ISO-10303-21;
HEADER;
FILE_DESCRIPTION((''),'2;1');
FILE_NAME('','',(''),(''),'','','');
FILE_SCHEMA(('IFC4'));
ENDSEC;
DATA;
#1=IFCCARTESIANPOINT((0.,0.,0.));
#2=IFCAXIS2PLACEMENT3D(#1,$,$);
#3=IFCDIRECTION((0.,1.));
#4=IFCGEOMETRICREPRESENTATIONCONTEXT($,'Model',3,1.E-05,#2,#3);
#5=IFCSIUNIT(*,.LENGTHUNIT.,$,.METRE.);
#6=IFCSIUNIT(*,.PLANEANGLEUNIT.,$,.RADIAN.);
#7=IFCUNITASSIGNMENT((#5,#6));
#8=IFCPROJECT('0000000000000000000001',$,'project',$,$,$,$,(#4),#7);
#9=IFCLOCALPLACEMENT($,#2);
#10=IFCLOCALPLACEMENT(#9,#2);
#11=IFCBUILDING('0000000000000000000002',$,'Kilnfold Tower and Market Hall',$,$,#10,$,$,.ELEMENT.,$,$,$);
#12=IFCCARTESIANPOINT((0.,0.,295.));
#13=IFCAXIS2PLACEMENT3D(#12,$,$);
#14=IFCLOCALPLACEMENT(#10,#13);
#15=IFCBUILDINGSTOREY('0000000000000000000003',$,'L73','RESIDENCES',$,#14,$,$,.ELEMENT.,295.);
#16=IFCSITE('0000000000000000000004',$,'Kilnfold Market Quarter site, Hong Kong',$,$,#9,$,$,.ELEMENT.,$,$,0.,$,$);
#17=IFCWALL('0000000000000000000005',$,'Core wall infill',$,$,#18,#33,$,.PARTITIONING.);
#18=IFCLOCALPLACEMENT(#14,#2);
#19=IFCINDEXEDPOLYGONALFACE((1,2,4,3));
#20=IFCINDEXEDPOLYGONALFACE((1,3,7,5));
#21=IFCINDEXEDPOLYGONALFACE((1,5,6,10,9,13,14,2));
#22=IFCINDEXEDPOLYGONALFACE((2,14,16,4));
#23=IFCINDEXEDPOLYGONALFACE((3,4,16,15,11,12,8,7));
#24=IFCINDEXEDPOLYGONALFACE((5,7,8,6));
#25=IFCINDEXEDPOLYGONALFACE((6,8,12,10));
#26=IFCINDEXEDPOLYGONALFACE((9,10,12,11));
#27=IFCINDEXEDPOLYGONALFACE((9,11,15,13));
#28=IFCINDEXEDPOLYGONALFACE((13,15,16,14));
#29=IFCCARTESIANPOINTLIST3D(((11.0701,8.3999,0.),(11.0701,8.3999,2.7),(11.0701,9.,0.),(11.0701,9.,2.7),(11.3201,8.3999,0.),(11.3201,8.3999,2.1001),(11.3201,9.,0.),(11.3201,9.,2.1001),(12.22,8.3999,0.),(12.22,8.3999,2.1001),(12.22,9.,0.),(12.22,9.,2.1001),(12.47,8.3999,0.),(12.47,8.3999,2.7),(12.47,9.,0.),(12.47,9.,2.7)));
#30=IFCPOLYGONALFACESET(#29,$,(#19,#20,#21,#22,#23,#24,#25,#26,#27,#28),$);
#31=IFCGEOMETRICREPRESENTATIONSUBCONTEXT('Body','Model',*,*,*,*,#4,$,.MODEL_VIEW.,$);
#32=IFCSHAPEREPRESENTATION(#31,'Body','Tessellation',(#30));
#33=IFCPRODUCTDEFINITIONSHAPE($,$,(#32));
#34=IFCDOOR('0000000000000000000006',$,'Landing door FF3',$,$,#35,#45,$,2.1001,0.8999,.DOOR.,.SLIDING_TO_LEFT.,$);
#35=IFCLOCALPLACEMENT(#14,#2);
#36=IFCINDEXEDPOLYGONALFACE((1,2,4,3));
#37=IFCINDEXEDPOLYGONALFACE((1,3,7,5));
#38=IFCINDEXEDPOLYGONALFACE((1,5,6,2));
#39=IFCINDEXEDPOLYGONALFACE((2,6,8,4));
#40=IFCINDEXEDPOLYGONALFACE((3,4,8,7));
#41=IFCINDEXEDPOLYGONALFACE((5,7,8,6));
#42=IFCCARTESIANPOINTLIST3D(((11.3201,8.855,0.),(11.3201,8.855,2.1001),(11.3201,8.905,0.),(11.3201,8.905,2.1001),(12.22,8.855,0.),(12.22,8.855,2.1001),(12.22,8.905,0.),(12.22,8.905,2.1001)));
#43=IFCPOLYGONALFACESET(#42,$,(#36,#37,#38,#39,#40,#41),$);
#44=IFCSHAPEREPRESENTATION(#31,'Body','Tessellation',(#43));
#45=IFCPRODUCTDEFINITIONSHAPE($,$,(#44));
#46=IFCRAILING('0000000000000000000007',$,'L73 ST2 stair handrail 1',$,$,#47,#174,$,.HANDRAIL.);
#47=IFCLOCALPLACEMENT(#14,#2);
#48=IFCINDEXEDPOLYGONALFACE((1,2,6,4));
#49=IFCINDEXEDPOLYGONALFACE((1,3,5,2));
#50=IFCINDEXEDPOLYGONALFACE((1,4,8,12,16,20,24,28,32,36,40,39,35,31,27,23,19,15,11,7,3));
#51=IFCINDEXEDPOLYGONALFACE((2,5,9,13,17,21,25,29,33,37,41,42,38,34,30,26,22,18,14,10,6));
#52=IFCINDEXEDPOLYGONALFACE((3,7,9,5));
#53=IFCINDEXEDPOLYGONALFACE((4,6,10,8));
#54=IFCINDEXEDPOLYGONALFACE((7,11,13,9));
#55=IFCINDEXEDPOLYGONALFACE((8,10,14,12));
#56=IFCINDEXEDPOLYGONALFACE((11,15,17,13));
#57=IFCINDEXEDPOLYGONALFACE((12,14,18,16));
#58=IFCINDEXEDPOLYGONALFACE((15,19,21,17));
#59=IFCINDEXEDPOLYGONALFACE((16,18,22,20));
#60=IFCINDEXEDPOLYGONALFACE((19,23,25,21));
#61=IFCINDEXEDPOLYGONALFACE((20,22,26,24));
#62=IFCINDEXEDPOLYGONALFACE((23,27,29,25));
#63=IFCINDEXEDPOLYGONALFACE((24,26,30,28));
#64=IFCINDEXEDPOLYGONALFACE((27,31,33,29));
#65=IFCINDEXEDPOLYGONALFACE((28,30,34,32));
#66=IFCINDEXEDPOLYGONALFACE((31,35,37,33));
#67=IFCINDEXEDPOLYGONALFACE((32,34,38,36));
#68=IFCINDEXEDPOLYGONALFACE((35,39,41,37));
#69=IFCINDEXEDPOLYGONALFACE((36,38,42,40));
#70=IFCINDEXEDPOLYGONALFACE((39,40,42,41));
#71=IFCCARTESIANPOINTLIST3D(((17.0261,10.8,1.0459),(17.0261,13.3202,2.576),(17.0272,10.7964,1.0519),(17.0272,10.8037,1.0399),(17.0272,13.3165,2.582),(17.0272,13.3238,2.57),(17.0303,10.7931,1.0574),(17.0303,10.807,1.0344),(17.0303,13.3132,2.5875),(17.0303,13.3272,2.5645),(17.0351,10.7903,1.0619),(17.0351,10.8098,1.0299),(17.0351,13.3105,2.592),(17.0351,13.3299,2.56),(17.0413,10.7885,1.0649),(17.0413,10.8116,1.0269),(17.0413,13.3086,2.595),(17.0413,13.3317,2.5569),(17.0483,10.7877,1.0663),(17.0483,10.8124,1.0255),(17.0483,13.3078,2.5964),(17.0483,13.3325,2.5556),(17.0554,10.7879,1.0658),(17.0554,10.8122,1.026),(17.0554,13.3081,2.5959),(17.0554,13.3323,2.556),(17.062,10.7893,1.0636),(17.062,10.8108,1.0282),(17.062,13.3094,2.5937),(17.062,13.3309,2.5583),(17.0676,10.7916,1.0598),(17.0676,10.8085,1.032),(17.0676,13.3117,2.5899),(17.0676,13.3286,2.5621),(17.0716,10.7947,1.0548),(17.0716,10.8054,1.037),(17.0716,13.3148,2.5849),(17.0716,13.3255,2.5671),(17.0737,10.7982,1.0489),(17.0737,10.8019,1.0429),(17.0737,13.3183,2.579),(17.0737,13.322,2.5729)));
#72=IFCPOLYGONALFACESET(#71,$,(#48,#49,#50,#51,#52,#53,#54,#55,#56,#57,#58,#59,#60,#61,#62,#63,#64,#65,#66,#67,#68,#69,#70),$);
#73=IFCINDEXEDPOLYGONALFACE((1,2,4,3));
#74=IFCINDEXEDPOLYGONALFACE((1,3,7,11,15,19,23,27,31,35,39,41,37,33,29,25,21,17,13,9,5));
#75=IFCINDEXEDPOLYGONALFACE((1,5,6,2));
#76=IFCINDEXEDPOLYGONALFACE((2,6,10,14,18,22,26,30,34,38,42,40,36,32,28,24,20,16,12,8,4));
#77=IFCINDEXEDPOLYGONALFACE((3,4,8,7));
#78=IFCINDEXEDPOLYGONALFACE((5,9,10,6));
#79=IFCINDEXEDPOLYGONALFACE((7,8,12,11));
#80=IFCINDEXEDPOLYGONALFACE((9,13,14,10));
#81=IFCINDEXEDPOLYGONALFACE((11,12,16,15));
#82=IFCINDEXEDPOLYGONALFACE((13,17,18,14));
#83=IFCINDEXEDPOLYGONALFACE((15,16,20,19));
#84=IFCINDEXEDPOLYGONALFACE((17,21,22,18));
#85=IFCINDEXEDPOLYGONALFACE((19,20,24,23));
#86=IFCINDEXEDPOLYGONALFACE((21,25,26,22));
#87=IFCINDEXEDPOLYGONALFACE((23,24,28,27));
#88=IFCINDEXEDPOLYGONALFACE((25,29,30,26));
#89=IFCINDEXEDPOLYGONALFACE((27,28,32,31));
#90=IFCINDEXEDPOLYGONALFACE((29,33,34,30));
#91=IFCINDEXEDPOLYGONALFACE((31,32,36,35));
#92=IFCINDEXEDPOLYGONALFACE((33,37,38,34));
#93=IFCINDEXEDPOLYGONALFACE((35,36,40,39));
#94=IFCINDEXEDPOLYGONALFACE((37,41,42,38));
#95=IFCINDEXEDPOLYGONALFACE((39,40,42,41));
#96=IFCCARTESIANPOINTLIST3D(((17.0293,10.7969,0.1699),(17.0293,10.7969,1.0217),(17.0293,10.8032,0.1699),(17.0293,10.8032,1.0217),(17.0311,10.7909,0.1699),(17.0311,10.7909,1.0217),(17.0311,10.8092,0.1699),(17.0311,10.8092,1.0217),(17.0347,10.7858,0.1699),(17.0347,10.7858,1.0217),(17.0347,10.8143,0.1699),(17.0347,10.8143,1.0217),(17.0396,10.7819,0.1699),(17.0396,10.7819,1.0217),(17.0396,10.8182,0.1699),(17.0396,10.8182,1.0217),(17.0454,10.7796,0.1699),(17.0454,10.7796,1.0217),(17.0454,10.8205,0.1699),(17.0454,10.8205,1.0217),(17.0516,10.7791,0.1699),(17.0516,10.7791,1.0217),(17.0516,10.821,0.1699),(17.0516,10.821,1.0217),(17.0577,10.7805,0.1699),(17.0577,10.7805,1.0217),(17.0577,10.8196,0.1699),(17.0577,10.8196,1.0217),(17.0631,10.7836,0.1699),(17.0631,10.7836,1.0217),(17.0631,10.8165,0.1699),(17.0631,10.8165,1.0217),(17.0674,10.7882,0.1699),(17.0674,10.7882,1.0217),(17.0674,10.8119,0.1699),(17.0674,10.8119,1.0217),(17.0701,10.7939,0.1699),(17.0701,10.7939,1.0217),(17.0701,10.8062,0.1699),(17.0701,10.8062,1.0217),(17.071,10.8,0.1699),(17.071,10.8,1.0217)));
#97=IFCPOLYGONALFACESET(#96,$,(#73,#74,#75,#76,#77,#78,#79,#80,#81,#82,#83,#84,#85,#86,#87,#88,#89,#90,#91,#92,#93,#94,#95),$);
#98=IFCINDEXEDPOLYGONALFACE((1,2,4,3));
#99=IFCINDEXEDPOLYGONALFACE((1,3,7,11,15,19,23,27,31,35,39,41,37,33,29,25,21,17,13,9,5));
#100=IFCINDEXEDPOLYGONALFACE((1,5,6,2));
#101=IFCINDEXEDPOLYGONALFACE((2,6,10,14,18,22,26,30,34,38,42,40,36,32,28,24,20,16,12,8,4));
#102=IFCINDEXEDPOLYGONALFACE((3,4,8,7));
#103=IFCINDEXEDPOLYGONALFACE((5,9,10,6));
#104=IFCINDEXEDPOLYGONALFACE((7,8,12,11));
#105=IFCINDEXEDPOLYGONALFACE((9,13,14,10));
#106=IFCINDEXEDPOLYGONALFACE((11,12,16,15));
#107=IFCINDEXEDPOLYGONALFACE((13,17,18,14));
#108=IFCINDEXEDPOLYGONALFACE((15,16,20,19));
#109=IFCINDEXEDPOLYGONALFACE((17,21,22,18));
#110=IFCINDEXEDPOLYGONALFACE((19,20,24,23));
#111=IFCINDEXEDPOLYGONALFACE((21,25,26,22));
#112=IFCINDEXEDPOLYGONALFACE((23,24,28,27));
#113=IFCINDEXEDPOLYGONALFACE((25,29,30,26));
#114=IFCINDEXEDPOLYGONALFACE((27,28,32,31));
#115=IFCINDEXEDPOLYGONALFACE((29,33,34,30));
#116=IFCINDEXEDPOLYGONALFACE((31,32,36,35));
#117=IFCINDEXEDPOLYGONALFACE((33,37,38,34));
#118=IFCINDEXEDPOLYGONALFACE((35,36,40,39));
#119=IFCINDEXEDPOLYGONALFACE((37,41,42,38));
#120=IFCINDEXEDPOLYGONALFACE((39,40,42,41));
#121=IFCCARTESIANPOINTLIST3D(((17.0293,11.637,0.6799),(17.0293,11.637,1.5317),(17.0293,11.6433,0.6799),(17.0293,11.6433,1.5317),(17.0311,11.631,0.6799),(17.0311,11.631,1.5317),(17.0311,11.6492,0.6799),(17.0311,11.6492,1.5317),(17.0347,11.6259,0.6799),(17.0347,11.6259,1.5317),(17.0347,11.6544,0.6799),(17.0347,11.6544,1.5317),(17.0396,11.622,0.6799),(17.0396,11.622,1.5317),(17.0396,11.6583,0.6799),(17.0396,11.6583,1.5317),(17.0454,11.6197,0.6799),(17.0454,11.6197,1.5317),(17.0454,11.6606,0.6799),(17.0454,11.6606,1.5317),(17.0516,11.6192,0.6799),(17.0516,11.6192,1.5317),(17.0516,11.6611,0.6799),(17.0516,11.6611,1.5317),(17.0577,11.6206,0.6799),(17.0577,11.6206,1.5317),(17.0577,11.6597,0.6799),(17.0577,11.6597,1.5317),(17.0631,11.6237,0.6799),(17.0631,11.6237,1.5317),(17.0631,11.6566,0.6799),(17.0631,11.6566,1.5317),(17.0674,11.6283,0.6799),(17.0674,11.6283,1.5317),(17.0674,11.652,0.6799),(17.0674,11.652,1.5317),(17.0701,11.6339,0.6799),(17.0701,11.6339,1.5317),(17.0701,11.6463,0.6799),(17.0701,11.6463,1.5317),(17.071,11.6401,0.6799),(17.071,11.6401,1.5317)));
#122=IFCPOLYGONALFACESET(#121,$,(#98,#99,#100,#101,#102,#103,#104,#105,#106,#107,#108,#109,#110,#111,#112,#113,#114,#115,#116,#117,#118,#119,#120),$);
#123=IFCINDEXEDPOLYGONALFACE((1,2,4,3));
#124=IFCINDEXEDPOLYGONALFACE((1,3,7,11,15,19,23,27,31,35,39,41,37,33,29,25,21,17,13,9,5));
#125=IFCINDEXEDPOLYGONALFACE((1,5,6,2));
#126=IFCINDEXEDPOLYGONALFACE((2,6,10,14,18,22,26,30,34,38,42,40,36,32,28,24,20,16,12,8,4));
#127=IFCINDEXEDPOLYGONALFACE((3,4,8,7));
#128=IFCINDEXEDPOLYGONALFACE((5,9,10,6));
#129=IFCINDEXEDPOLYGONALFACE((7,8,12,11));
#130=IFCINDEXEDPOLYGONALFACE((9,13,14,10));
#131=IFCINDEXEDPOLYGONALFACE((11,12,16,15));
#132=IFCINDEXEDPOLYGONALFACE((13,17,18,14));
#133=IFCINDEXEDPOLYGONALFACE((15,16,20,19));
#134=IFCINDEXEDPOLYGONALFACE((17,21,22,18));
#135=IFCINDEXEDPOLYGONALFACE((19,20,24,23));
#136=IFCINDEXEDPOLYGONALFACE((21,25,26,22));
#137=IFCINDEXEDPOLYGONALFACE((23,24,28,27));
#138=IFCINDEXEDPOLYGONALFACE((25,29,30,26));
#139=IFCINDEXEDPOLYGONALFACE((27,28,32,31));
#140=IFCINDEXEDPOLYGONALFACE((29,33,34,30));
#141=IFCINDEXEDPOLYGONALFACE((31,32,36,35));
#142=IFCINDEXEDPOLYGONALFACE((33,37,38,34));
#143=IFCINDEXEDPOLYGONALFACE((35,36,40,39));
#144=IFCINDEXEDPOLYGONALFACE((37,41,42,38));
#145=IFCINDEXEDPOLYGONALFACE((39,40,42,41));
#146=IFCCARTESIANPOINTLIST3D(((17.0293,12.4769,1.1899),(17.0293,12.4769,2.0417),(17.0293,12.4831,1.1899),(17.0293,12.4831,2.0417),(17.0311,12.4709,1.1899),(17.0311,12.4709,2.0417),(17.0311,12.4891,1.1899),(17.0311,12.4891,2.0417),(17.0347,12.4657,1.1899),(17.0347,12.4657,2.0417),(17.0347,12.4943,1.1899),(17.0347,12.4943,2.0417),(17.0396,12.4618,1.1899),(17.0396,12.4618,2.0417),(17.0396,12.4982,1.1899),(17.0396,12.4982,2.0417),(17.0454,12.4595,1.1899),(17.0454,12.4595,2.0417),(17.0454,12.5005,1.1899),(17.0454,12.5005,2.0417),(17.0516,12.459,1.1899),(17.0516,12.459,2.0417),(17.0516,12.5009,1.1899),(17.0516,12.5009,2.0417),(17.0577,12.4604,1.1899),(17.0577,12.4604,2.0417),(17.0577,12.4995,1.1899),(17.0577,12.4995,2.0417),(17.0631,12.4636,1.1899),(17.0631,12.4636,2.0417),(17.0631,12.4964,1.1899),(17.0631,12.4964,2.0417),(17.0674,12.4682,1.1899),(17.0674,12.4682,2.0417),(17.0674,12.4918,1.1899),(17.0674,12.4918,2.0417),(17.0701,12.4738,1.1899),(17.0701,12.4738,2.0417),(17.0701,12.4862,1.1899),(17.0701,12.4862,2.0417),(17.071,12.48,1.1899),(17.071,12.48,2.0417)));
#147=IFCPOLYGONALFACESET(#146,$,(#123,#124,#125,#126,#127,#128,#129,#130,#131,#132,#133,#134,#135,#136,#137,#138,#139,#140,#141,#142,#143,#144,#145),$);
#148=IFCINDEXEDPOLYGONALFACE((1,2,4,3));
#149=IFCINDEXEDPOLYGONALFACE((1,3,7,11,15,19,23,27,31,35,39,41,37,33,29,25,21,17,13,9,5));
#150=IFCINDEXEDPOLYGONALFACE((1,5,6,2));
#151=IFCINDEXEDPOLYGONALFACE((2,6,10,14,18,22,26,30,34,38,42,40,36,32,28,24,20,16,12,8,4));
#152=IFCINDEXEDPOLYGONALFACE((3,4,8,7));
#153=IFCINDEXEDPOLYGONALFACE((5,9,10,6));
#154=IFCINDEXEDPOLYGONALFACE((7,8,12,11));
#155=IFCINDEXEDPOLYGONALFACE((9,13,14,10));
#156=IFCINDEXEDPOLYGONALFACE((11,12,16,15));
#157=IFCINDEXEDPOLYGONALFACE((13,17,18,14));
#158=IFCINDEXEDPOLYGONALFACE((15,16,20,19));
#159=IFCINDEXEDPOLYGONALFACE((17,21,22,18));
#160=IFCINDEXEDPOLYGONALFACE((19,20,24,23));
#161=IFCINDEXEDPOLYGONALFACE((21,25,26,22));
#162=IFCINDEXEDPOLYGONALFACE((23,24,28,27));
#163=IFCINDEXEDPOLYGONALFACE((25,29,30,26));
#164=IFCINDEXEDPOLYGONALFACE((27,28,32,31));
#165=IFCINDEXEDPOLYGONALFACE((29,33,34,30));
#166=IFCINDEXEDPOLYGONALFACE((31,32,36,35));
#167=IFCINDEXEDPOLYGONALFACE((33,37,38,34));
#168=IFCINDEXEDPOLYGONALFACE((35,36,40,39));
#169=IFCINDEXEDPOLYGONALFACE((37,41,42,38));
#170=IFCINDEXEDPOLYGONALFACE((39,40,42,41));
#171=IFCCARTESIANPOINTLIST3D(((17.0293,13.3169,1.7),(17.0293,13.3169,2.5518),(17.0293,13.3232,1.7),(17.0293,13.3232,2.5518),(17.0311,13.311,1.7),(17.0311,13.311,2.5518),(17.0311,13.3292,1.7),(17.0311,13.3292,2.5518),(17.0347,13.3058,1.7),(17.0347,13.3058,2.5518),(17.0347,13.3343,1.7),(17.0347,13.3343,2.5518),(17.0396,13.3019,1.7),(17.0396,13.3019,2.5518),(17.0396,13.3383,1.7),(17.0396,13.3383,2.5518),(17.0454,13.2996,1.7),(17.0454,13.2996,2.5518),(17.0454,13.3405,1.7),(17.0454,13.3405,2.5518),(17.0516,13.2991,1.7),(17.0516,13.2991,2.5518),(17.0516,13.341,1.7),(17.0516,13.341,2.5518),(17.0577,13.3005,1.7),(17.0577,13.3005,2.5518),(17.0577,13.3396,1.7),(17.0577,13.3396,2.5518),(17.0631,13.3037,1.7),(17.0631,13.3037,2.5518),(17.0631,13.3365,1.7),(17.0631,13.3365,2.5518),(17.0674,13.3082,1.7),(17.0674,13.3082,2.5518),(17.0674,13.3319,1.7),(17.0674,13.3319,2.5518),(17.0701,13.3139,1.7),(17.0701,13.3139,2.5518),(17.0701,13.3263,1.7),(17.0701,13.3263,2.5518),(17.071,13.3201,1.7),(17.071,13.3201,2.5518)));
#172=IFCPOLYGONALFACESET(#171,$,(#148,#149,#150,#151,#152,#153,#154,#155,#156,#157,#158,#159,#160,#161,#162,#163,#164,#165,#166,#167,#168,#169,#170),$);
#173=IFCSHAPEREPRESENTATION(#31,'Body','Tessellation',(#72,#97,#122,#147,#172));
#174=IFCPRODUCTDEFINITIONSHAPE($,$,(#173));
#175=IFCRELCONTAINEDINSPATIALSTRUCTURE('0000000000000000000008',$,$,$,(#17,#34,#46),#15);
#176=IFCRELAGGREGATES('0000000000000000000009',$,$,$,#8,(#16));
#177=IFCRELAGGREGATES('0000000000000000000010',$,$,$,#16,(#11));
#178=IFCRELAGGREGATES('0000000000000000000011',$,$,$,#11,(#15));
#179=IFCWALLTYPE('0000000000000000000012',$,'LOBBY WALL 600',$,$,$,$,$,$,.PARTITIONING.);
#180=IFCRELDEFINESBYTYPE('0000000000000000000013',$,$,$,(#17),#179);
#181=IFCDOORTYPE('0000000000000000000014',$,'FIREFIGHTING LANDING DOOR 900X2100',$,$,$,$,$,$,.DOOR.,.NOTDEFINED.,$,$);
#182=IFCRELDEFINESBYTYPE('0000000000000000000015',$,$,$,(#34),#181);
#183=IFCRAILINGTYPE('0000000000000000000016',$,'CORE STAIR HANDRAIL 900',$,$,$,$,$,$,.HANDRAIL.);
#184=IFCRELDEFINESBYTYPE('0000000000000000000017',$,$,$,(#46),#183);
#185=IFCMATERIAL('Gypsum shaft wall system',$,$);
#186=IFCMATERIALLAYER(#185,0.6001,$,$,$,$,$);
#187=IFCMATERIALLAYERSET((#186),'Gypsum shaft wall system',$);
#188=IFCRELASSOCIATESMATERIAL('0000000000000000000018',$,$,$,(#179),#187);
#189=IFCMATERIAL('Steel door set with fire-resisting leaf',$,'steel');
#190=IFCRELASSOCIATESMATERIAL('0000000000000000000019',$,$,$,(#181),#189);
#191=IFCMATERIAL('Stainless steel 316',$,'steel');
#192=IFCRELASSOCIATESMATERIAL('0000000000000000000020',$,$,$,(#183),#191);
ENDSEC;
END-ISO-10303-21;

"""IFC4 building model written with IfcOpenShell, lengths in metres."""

from ifc_helpers import new_model, si_unit, direction, frame, frame_2d, origin, origin_2d, place, context, subcontext, project, spatial, rectangle, circle, extrude, source, transform, mapped, material, layer, layer_set, type_object, element, fill, save


model = new_model("IFC4")

# Units and contexts
model_context = context("Model", 3, precision=1e-05, world=origin(), true_north=direction((0.0, 1.0)))
body_context = subcontext(model_context, "Body", "Model", "MODEL_VIEW")
ifc_project = project(units=[si_unit("LENGTHUNIT", "METRE"), si_unit("PLANEANGLEUNIT", "RADIAN")], contexts=[model_context])

# Site, building, storey
site_placement = place(None, origin())
site = spatial("IfcSite", under=ifc_project, at=site_placement, Name="Kilnfold Market Quarter site, Hong Kong", CompositionType="ELEMENT", RefElevation=0.0)
building_placement = place(site_placement, origin())
building = spatial("IfcBuilding", under=site, at=building_placement, Name="Kilnfold Tower and Market Hall", CompositionType="ELEMENT")
storey_placement = place(building_placement, frame((0.0, 0.0, 295.0)))
storey = spatial("IfcBuildingStorey", under=building, at=storey_placement, Name="L73", Description="RESIDENCES", CompositionType="ELEMENT", Elevation=295.0)

# Wall, opening, door
ifc_material_1 = material(Name="Gypsum shaft wall system")
ifc_layer_1 = layer(ifc_material_1, 0.6001)
ifc_layer_set_1 = layer_set([ifc_layer_1], Name="Gypsum shaft wall system")
wall_type_1 = type_object("IfcWallType", Name="LOBBY WALL 600", PredefinedType="PARTITIONING", material=ifc_layer_set_1)
shared_shape_1 = source(origin(), body_context, "Body", "SweptSolid", [
    extrude(rectangle(XDim=1.3999, YDim=0.6001, at=frame_2d((0.7, 0.0))), origin(), (0.0, 0.0, 1.0), 2.7),
])
wall_1_placement = place(storey_placement, frame((11.0701, 8.7, 0.0), z_axis=(0.0, 0.0, 1.0), x_axis=(1.0, 0.0, 0.0)))
wall_1 = element("IfcWall", 1, at=wall_1_placement, inside=storey, type_object=wall_type_1, Name="Core wall infill", PredefinedType="PARTITIONING", context=body_context, shape_type="MappedRepresentation", body=[
    mapped(shared_shape_1, transform((0.0, 0.0, 0.0))),
])
opening_1_placement = place(wall_1_placement, frame((0.25, 0.0, 0.0)))
opening_1 = element("IfcOpeningElement", 2, at=opening_1_placement, cuts=wall_1, PredefinedType="OPENING", context=body_context, shape_type="SweptSolid", body=[
    extrude(rectangle(XDim=0.8999, YDim=2.1001, at=frame_2d((0.45, 1.05))), frame((0.0, 0.3101, 0.0), z_axis=(0.0, -1.0, 0.0), x_axis=(1.0, 0.0, 0.0)), (0.0, 0.0, 1.0), 0.6201),
])
ifc_material_2 = material(Name="Steel door set with fire-resisting leaf", Category="steel")
door_type_1 = type_object("IfcDoorType", Name="FIREFIGHTING LANDING DOOR 900X2100", OperationType="NOTDEFINED", PredefinedType="DOOR", material=ifc_material_2)
door_1_placement = place(opening_1_placement, origin())
door_1 = element("IfcDoor", 3, at=door_1_placement, inside=storey, type_object=door_type_1, Name="Landing door FF3", OperationType="SLIDING_TO_LEFT", OverallHeight=2.1001, OverallWidth=0.8999, PredefinedType="DOOR", context=body_context, shape_type="SweptSolid", body=[
    extrude(rectangle(XDim=0.8999, YDim=2.1001, at=frame_2d((0.45, 1.05))), frame((0.0, 0.2051, 0.0), z_axis=(0.0, -1.0, 0.0), x_axis=(1.0, 0.0, 0.0)), (0.0, 0.0, 1.0), 0.05),
])
fill(opening_1, door_1)

# Railing
ifc_material_3 = material(Name="Stainless steel 316", Category="steel")
railing_type_1 = type_object("IfcRailingType", Name="CORE STAIR HANDRAIL 900", PredefinedType="HANDRAIL", material=ifc_material_3)
railing_1_placement = place(storey_placement, frame((17.05, 10.8, 0.1699)))
element("IfcRailing", 4, at=railing_1_placement, inside=storey, type_object=railing_type_1, Name="L73 ST2 stair handrail 1", PredefinedType="HANDRAIL", context=body_context, shape_type="SweptSolid", body=[
    extrude(circle(Radius=0.0239, at=origin_2d()), frame((0.0, 0.0, 0.876), z_axis=(0.0, 0.854785, 0.518982), x_axis=(-1.0, 0.0, 0.0)), (0.0, 0.0, 1.0), 2.9482),
    extrude(circle(Radius=0.021, at=origin_2d()), origin(), (0.0, 0.0, 1.0), 0.8518),
    extrude(circle(Radius=0.021, at=origin_2d()), frame((0.0, 0.8401, 0.51)), (0.0, 0.0, 1.0), 0.8518),
    extrude(circle(Radius=0.021, at=origin_2d()), frame((0.0, 1.6799, 1.02)), (0.0, 0.0, 1.0), 0.8518),
    extrude(circle(Radius=0.021, at=origin_2d()), frame((0.0, 2.52, 1.53)), (0.0, 0.0, 1.0), 0.8518),
])

save(model, "model.ifc")
